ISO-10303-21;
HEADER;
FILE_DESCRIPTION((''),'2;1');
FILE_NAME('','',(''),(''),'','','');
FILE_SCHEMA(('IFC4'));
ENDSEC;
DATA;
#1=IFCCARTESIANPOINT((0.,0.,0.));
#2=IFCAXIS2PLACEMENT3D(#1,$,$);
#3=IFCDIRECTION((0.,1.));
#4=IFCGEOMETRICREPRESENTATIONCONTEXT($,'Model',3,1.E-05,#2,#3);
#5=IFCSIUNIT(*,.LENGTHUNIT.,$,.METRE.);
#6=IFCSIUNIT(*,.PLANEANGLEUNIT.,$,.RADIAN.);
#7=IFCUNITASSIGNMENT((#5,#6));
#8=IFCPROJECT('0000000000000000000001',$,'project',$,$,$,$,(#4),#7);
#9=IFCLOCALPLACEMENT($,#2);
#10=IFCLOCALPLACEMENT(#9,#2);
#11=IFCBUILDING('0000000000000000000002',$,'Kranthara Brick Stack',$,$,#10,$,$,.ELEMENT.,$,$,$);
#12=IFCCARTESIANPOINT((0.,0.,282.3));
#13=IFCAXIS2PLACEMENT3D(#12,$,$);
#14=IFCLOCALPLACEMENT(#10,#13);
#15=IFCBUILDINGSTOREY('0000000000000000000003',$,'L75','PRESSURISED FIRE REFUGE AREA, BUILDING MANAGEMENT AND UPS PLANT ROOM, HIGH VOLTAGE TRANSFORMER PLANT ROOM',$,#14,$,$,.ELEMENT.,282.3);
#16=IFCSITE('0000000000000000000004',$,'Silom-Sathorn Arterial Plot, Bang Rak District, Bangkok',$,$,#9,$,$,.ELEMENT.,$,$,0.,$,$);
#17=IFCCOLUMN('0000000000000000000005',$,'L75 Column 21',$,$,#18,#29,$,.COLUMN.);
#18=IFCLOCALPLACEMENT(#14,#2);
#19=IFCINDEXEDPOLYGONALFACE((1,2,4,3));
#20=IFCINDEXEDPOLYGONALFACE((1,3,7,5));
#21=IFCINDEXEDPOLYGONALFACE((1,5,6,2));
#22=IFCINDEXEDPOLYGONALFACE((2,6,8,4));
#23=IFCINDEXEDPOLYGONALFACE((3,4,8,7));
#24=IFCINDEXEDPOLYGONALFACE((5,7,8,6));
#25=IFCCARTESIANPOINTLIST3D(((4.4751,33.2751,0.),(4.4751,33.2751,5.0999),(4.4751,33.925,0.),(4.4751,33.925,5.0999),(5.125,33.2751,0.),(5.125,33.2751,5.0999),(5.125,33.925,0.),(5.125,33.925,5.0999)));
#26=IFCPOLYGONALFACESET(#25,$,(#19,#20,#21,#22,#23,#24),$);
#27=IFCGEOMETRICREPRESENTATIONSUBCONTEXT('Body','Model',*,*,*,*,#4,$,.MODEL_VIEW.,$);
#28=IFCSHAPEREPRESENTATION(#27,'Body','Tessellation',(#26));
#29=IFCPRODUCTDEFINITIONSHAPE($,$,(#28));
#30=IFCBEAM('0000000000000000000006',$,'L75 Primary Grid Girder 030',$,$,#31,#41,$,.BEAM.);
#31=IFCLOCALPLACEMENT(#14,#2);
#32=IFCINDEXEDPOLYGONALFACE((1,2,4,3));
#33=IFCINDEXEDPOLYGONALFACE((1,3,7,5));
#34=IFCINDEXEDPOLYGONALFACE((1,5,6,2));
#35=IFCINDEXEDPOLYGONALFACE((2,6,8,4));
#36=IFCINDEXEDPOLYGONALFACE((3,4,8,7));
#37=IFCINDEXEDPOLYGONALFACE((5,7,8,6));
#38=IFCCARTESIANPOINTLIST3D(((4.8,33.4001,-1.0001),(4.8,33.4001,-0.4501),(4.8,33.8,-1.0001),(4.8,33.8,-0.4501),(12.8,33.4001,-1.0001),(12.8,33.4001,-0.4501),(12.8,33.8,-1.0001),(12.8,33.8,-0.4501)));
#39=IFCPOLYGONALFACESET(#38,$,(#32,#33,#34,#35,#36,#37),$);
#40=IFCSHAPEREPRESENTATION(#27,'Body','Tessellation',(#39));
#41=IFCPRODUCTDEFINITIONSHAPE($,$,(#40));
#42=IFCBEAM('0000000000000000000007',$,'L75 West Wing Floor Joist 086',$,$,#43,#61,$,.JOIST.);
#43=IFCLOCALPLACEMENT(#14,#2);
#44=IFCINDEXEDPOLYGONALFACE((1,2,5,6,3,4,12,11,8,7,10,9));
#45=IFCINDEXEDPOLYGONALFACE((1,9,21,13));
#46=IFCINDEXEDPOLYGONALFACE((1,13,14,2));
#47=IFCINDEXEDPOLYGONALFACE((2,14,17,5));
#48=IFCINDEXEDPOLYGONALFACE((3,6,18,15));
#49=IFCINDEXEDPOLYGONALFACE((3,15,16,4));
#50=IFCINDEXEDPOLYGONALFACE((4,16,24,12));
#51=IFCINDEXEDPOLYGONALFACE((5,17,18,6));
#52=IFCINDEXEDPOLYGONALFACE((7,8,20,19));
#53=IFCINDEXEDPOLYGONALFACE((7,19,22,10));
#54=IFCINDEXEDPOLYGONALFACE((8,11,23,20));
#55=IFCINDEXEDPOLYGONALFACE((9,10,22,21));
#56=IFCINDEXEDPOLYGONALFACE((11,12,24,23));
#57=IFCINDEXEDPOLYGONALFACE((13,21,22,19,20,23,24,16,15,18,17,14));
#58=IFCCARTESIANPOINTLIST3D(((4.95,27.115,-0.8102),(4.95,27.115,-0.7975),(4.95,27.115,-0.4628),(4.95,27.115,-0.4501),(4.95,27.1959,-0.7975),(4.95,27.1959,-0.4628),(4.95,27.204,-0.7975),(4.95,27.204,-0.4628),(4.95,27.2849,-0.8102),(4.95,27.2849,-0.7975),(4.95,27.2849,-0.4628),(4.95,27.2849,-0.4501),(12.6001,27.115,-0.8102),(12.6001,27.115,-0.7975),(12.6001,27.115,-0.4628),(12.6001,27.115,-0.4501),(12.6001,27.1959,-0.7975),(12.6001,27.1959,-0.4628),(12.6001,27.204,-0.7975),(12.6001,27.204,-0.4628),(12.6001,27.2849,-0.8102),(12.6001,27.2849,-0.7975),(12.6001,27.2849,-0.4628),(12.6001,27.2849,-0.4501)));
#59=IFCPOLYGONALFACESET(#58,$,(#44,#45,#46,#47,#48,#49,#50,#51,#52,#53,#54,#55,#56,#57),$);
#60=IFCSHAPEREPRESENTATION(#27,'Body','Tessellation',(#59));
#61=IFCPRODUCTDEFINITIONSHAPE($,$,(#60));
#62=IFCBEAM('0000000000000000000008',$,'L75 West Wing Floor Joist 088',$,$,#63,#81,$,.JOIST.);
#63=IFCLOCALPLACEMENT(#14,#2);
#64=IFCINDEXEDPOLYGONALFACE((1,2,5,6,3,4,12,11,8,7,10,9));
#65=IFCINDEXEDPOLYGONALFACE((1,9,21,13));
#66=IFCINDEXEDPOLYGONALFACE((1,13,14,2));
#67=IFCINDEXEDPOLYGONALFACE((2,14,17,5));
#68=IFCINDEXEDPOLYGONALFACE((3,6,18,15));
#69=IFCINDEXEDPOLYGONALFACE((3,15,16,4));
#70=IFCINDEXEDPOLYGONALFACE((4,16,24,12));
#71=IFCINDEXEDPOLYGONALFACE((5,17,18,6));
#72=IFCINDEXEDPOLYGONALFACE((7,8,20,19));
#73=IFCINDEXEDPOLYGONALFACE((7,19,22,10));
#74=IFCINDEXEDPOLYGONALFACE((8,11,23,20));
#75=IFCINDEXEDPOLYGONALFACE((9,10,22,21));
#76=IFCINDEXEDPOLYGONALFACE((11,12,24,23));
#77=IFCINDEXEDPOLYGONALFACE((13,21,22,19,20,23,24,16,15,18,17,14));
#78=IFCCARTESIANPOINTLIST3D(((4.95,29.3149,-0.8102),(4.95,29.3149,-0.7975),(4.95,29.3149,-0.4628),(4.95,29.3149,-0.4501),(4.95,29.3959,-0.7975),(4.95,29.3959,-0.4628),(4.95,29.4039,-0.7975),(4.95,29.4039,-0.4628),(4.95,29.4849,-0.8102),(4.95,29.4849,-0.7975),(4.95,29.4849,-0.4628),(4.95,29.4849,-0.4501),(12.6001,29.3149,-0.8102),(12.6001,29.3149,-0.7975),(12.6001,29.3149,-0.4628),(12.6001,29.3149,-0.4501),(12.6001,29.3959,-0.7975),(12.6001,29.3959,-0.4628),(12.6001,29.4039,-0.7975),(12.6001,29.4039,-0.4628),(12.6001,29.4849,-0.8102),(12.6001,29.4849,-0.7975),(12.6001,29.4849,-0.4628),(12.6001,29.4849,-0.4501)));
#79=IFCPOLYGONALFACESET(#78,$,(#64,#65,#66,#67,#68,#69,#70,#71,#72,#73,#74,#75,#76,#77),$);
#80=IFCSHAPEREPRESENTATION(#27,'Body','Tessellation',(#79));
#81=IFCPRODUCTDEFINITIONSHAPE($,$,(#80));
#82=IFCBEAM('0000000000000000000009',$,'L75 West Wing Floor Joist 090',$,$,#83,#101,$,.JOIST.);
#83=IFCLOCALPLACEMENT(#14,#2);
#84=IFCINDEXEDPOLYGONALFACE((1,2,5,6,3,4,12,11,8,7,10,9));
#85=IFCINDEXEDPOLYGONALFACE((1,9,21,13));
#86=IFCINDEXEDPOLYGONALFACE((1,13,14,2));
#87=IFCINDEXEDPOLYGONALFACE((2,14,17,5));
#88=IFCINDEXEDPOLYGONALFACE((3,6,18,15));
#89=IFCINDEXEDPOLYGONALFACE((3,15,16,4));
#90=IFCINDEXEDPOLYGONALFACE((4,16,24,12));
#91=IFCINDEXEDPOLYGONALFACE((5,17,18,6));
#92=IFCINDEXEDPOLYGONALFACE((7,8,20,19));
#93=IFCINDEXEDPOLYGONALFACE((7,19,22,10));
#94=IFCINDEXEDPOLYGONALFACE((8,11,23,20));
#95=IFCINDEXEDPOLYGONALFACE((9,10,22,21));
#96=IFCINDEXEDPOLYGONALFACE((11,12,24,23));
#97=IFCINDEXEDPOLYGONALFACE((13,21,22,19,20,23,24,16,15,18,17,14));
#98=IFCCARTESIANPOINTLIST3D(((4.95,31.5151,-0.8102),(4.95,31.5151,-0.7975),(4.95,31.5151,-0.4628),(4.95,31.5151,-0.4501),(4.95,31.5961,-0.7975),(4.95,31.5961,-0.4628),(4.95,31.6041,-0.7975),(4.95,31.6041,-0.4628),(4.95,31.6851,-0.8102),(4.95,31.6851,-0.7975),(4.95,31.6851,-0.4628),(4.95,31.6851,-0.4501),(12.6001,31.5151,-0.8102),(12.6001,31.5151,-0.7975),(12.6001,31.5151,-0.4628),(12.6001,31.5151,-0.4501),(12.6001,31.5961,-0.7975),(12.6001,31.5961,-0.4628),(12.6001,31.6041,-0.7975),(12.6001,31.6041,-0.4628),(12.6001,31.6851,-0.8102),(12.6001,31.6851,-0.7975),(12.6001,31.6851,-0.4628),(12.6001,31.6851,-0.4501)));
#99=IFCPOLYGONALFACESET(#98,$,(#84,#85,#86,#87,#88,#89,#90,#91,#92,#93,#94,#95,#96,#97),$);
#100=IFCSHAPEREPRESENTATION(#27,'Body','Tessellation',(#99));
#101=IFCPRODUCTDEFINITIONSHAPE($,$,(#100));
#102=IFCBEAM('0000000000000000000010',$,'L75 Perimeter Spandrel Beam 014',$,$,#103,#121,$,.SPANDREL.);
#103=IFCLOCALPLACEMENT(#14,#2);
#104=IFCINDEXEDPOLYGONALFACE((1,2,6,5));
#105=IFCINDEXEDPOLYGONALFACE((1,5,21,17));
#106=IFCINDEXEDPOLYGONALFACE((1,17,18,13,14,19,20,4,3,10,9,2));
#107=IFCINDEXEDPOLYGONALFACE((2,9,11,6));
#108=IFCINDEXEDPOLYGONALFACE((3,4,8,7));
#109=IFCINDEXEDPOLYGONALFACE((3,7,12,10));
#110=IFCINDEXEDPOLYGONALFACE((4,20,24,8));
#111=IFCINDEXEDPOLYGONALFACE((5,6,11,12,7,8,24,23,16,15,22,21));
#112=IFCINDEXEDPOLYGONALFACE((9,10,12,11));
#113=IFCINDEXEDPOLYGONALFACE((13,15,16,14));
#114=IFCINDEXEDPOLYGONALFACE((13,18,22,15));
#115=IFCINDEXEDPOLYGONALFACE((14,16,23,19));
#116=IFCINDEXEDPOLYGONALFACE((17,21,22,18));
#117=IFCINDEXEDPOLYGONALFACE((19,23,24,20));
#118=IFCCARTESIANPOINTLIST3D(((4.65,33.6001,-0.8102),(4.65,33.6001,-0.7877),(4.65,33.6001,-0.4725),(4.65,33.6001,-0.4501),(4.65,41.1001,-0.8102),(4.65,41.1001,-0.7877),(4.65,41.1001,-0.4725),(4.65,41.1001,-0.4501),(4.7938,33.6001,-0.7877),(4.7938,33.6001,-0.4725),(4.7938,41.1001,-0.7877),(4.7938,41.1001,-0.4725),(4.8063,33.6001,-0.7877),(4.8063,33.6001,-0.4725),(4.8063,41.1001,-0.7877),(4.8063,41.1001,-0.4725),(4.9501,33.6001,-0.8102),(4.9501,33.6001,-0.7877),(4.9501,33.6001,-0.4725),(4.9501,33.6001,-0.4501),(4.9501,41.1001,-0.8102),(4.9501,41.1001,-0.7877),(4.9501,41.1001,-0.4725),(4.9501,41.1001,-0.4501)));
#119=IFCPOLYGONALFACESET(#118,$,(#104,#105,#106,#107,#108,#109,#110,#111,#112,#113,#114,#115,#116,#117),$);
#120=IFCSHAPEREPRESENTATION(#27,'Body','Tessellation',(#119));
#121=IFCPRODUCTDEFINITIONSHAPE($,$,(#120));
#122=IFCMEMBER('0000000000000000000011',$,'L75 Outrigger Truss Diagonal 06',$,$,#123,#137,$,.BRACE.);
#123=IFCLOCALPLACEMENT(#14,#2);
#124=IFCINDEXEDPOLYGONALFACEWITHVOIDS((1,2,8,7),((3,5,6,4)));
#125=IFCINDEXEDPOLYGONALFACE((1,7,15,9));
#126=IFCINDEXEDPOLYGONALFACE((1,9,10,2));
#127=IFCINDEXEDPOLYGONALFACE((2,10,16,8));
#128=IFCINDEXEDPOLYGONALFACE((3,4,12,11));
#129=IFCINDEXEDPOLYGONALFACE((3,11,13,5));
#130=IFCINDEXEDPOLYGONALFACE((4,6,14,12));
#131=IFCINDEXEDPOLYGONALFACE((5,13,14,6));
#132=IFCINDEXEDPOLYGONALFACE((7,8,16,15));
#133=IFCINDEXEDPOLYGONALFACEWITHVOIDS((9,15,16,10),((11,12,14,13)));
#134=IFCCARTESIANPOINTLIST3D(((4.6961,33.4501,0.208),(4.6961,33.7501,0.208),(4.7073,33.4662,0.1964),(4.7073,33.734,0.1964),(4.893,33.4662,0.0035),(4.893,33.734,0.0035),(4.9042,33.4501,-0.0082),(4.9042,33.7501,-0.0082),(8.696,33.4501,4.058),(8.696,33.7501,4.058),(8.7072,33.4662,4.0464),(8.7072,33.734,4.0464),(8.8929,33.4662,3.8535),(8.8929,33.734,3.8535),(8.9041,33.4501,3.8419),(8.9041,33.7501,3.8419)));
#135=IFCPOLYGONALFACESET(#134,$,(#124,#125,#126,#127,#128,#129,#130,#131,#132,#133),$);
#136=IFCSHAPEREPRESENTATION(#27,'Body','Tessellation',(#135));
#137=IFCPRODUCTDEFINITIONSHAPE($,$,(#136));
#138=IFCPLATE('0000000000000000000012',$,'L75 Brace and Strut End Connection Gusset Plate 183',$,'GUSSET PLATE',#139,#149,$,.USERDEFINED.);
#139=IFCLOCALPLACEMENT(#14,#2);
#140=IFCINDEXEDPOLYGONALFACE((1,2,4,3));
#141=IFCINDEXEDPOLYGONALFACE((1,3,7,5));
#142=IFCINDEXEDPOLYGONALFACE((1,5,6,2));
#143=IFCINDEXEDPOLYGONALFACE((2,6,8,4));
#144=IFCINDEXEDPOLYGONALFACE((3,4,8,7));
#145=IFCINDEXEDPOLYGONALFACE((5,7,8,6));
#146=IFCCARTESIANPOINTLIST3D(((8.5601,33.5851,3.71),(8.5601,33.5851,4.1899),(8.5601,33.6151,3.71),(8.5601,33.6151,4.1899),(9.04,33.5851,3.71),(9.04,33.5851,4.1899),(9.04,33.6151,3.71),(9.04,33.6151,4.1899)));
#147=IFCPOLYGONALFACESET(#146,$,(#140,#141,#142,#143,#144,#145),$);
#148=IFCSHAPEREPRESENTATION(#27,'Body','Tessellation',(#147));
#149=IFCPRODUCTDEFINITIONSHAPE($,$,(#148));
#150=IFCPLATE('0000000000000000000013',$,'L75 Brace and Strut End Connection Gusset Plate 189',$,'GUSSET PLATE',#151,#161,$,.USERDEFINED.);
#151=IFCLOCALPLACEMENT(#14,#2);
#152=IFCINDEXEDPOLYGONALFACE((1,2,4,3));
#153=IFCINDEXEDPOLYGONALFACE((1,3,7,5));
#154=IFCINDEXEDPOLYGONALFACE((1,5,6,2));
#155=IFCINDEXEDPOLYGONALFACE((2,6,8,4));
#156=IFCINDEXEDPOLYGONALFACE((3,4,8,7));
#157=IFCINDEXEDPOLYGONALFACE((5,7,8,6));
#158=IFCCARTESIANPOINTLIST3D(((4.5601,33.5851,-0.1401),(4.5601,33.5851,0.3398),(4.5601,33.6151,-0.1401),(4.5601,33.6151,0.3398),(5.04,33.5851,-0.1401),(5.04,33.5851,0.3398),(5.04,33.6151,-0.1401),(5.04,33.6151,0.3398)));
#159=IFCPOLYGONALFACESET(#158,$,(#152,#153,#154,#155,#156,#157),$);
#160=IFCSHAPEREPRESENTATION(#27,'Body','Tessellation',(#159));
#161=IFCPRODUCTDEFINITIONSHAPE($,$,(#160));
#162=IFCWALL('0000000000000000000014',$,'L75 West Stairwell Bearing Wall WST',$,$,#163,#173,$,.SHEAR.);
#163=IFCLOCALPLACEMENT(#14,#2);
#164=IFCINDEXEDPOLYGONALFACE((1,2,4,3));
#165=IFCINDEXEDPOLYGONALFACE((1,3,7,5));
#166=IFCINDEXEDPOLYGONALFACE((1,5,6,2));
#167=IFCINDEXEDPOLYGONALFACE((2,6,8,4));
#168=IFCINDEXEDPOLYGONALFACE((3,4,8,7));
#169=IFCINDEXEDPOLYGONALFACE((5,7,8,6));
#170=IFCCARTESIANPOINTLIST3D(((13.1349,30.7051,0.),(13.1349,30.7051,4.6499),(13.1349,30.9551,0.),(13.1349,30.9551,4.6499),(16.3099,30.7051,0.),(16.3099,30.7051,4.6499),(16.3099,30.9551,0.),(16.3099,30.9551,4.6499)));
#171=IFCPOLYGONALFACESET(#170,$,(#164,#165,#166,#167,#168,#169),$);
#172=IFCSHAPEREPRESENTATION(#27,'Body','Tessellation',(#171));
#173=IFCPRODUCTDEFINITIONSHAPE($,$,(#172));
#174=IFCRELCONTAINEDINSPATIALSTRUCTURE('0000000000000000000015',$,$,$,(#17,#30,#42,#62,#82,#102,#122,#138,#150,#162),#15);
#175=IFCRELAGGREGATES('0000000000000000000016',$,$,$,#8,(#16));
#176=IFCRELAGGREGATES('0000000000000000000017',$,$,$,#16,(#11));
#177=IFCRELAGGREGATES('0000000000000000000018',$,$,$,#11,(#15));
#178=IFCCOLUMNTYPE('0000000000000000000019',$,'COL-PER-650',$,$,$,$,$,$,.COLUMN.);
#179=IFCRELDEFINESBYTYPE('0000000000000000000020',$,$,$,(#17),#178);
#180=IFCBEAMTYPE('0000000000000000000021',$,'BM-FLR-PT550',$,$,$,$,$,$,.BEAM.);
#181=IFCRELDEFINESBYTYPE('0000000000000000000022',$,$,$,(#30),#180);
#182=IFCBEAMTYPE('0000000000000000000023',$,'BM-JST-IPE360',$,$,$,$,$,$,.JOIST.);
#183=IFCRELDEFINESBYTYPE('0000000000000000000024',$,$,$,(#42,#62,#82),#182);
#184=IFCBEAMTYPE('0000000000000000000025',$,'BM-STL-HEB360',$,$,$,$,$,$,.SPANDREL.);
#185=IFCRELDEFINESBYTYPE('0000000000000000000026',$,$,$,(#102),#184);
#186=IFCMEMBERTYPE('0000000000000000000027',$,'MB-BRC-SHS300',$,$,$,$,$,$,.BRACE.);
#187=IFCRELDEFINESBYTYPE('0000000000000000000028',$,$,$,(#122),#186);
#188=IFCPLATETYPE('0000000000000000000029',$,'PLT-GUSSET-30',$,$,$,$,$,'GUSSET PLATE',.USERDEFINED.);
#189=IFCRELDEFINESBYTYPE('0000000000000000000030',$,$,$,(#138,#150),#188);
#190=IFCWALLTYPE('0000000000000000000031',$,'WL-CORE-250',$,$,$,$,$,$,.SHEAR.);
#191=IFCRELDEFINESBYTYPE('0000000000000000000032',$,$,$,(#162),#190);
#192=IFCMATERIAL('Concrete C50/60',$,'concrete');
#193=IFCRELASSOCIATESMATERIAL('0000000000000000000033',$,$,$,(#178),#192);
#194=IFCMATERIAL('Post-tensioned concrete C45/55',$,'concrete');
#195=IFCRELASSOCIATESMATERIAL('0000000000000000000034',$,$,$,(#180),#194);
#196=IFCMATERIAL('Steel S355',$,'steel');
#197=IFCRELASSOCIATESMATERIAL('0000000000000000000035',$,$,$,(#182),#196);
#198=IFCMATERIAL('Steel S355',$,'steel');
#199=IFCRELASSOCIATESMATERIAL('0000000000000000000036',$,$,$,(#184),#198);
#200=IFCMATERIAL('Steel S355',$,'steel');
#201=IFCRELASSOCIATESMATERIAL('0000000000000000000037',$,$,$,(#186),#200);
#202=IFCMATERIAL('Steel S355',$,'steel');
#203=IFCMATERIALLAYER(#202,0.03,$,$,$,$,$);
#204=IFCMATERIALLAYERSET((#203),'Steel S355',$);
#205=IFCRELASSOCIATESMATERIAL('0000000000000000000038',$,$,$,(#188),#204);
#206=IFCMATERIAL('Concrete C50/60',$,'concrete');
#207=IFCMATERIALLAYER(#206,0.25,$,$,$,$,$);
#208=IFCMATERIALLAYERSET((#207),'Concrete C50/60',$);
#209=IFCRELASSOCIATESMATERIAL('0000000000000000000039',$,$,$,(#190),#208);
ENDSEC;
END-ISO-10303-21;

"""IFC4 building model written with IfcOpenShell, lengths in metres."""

from ifc_helpers import new_model, si_unit, direction, frame, frame_2d, origin, origin_2d, place, context, subcontext, project, spatial, rectangle, hollow_rectangle, i_section, extrude, material, layer, layer_set, material_profile, profile_set, type_object, element, save


model = new_model("IFC4")

# Units and contexts
model_context = context("Model", 3, precision=1e-05, world=origin(), true_north=direction((0.0, 1.0)))
body_context = subcontext(model_context, "Body", "Model", "MODEL_VIEW")
ifc_project = project(units=[si_unit("LENGTHUNIT", "METRE"), si_unit("PLANEANGLEUNIT", "RADIAN")], contexts=[model_context])

# Site, building, storey
site_placement = place(None, origin())
site = spatial("IfcSite", under=ifc_project, at=site_placement, Name="Silom-Sathorn Arterial Plot, Bang Rak District, Bangkok", CompositionType="ELEMENT", RefElevation=0.0)
building_placement = place(site_placement, origin())
building = spatial("IfcBuilding", under=site, at=building_placement, Name="Kranthara Brick Stack", CompositionType="ELEMENT")
storey_placement = place(building_placement, frame((0.0, 0.0, 282.3)))
storey = spatial("IfcBuildingStorey", under=building, at=storey_placement, Name="L75", Description="PRESSURISED FIRE REFUGE AREA, BUILDING MANAGEMENT AND UPS PLANT ROOM, HIGH VOLTAGE TRANSFORMER PLANT ROOM", CompositionType="ELEMENT", Elevation=282.3)

# Column
ifc_material_1 = material(Name="Concrete C50/60", Category="concrete")
ifc_material_profile_1 = material_profile(ifc_material_1, rectangle(XDim=0.6499, YDim=0.6499, at=origin_2d()), Name="RC 650x650")
ifc_profile_set_1 = profile_set([ifc_material_profile_1], Name="Concrete C50/60")
column_type = type_object("IfcColumnType", Name="COL-PER-650", PredefinedType="COLUMN", material=ifc_profile_set_1)
column_placement = place(storey_placement, frame((4.8, 33.6001, 0.0), z_axis=(0.0, 0.0, 1.0), x_axis=(1.0, 0.0, 0.0)))
element("IfcColumn", 1, at=column_placement, inside=storey, type_object=column_type, Name="L75 Column 21", PredefinedType="COLUMN", context=body_context, shape_type="SweptSolid", body=[
    extrude(rectangle(XDim=0.6499, YDim=0.6499, at=origin_2d()), origin(), (0.0, 0.0, 1.0), 5.0999),
])

# Beams
ifc_material_2 = material(Name="Post-tensioned concrete C45/55", Category="concrete")
ifc_material_profile_2 = material_profile(ifc_material_2, rectangle(XDim=0.3999, YDim=0.55, at=origin_2d()), Name="PT 400x550")
ifc_profile_set_2 = profile_set([ifc_material_profile_2], Name="Post-tensioned concrete C45/55")
beam_type_1 = type_object("IfcBeamType", Name="BM-FLR-PT550", PredefinedType="BEAM", material=ifc_profile_set_2)
beam_1_placement = place(storey_placement, frame((4.8, 33.6001, -0.7251), z_axis=(1.0, 0.0, 0.0), x_axis=(0.0, 1.0, 0.0)))
element("IfcBeam", 2, at=beam_1_placement, inside=storey, type_object=beam_type_1, Name="L75 Primary Grid Girder 030", PredefinedType="BEAM", context=body_context, shape_type="SweptSolid", body=[
    extrude(rectangle(XDim=0.3999, YDim=0.55, at=origin_2d()), origin(), (0.0, 0.0, 1.0), 8.0),
])
ifc_material_3 = material(Name="Steel S355", Category="steel")
ifc_material_profile_3 = material_profile(ifc_material_3, i_section(OverallWidth=0.1699, OverallDepth=0.3601, WebThickness=0.0081, FlangeThickness=0.0127, at=origin_2d()), Name="IPE 360")
ifc_profile_set_3 = profile_set([ifc_material_profile_3], Name="Steel S355")
beam_type_2 = type_object("IfcBeamType", Name="BM-JST-IPE360", PredefinedType="JOIST", material=ifc_profile_set_3)
for number, where, z_axis, x_axis, name in (
    (3, (4.95, 27.2, -0.6301), (1.0, 0.0, 0.0), (0.0, 1.0, 0.0), "L75 West Wing Floor Joist 086"),
    (4, (4.95, 29.3999, -0.6301), (1.0, 0.0, 0.0), (0.0, 1.0, 0.0), "L75 West Wing Floor Joist 088"),
    (5, (4.95, 31.6001, -0.6301), (1.0, 0.0, 0.0), (0.0, 1.0, 0.0), "L75 West Wing Floor Joist 090"),
):
    element("IfcBeam", number, at=place(storey_placement, frame(where, z_axis=z_axis, x_axis=x_axis)), inside=storey, type_object=beam_type_2, Name=name, PredefinedType="JOIST", context=body_context, shape_type="SweptSolid", body=[
        extrude(i_section(OverallWidth=0.1699, OverallDepth=0.3601, WebThickness=0.0081, FlangeThickness=0.0127, at=origin_2d()), origin(), (0.0, 0.0, 1.0), 7.6501),
    ])
ifc_material_4 = material(Name="Steel S355", Category="steel")
ifc_material_profile_4 = material_profile(ifc_material_4, i_section(OverallWidth=0.3, OverallDepth=0.3601, WebThickness=0.0125, FlangeThickness=0.0225, at=origin_2d()), Name="HEB 360")
ifc_profile_set_4 = profile_set([ifc_material_profile_4], Name="Steel S355")
beam_type_3 = type_object("IfcBeamType", Name="BM-STL-HEB360", PredefinedType="SPANDREL", material=ifc_profile_set_4)
beam_2_placement = place(storey_placement, frame((4.8, 33.6001, -0.6301), z_axis=(0.0, 1.0, 0.0), x_axis=(-1.0, 0.0, 0.0)))
element("IfcBeam", 6, at=beam_2_placement, inside=storey, type_object=beam_type_3, Name="L75 Perimeter Spandrel Beam 014", PredefinedType="SPANDREL", context=body_context, shape_type="SweptSolid", body=[
    extrude(i_section(OverallWidth=0.3, OverallDepth=0.3601, WebThickness=0.0125, FlangeThickness=0.0225, at=origin_2d()), origin(), (0.0, 0.0, 1.0), 7.5),
])

# Member
ifc_material_5 = material(Name="Steel S355", Category="steel")
ifc_material_profile_5 = material_profile(ifc_material_5, hollow_rectangle(XDim=0.3, YDim=0.3, WallThickness=0.0161, at=origin_2d()), Name="SHS 300x300x16")
ifc_profile_set_5 = profile_set([ifc_material_profile_5], Name="Steel S355")
member_type = type_object("IfcMemberType", Name="MB-BRC-SHS300", PredefinedType="BRACE", material=ifc_profile_set_5)
member_placement = place(storey_placement, frame((8.8, 33.6001, 3.95), z_axis=(-0.720478, 0.0, -0.693478), x_axis=(0.0, -1.0, 0.0)))
element("IfcMember", 7, at=member_placement, inside=storey, type_object=member_type, Name="L75 Outrigger Truss Diagonal 06", PredefinedType="BRACE", context=body_context, shape_type="SweptSolid", body=[
    extrude(hollow_rectangle(XDim=0.3, YDim=0.3, WallThickness=0.0161, at=origin_2d()), origin(), (0.0, 0.0, 1.0), 5.5518),
])

# Plates
ifc_material_6 = material(Name="Steel S355", Category="steel")
ifc_layer_1 = layer(ifc_material_6, 0.03)
ifc_layer_set_1 = layer_set([ifc_layer_1], Name="Steel S355")
plate_type = type_object("IfcPlateType", Name="PLT-GUSSET-30", ElementType="GUSSET PLATE", PredefinedType="USERDEFINED", material=ifc_layer_set_1)
for number, where, z_axis, x_axis, name in (
    (8, (8.8, 33.6001, 3.71), (0.0, 0.0, 1.0), (1.0, 0.0, 0.0), "L75 Brace and Strut End Connection Gusset Plate 183"),
    (9, (4.8, 33.6001, -0.1401), (0.0, 0.0, 1.0), (1.0, 0.0, 0.0), "L75 Brace and Strut End Connection Gusset Plate 189"),
):
    element("IfcPlate", number, at=place(storey_placement, frame(where, z_axis=z_axis, x_axis=x_axis)), inside=storey, type_object=plate_type, Name=name, ObjectType="GUSSET PLATE", PredefinedType="USERDEFINED", context=body_context, shape_type="SweptSolid", body=[
        extrude(rectangle(XDim=0.48, YDim=0.03, at=origin_2d()), origin(), (0.0, 0.0, 1.0), 0.48),
    ])

# Wall
ifc_material_7 = material(Name="Concrete C50/60", Category="concrete")
ifc_layer_2 = layer(ifc_material_7, 0.25)
ifc_layer_set_2 = layer_set([ifc_layer_2], Name="Concrete C50/60")
wall_type = type_object("IfcWallType", Name="WL-CORE-250", PredefinedType="SHEAR", material=ifc_layer_set_2)
wall_placement = place(storey_placement, frame((13.135, 30.8301, 0.0), z_axis=(0.0, 0.0, 1.0), x_axis=(1.0, 0.0, 0.0)))
element("IfcWall", 10, at=wall_placement, inside=storey, type_object=wall_type, Name="L75 West Stairwell Bearing Wall WST", PredefinedType="SHEAR", context=body_context, shape_type="SweptSolid", body=[
    extrude(rectangle(XDim=3.175, YDim=0.25, at=frame_2d((1.5874, 0.0))), origin(), (0.0, 0.0, 1.0), 4.6499),
])

save(model, "model.ifc")
